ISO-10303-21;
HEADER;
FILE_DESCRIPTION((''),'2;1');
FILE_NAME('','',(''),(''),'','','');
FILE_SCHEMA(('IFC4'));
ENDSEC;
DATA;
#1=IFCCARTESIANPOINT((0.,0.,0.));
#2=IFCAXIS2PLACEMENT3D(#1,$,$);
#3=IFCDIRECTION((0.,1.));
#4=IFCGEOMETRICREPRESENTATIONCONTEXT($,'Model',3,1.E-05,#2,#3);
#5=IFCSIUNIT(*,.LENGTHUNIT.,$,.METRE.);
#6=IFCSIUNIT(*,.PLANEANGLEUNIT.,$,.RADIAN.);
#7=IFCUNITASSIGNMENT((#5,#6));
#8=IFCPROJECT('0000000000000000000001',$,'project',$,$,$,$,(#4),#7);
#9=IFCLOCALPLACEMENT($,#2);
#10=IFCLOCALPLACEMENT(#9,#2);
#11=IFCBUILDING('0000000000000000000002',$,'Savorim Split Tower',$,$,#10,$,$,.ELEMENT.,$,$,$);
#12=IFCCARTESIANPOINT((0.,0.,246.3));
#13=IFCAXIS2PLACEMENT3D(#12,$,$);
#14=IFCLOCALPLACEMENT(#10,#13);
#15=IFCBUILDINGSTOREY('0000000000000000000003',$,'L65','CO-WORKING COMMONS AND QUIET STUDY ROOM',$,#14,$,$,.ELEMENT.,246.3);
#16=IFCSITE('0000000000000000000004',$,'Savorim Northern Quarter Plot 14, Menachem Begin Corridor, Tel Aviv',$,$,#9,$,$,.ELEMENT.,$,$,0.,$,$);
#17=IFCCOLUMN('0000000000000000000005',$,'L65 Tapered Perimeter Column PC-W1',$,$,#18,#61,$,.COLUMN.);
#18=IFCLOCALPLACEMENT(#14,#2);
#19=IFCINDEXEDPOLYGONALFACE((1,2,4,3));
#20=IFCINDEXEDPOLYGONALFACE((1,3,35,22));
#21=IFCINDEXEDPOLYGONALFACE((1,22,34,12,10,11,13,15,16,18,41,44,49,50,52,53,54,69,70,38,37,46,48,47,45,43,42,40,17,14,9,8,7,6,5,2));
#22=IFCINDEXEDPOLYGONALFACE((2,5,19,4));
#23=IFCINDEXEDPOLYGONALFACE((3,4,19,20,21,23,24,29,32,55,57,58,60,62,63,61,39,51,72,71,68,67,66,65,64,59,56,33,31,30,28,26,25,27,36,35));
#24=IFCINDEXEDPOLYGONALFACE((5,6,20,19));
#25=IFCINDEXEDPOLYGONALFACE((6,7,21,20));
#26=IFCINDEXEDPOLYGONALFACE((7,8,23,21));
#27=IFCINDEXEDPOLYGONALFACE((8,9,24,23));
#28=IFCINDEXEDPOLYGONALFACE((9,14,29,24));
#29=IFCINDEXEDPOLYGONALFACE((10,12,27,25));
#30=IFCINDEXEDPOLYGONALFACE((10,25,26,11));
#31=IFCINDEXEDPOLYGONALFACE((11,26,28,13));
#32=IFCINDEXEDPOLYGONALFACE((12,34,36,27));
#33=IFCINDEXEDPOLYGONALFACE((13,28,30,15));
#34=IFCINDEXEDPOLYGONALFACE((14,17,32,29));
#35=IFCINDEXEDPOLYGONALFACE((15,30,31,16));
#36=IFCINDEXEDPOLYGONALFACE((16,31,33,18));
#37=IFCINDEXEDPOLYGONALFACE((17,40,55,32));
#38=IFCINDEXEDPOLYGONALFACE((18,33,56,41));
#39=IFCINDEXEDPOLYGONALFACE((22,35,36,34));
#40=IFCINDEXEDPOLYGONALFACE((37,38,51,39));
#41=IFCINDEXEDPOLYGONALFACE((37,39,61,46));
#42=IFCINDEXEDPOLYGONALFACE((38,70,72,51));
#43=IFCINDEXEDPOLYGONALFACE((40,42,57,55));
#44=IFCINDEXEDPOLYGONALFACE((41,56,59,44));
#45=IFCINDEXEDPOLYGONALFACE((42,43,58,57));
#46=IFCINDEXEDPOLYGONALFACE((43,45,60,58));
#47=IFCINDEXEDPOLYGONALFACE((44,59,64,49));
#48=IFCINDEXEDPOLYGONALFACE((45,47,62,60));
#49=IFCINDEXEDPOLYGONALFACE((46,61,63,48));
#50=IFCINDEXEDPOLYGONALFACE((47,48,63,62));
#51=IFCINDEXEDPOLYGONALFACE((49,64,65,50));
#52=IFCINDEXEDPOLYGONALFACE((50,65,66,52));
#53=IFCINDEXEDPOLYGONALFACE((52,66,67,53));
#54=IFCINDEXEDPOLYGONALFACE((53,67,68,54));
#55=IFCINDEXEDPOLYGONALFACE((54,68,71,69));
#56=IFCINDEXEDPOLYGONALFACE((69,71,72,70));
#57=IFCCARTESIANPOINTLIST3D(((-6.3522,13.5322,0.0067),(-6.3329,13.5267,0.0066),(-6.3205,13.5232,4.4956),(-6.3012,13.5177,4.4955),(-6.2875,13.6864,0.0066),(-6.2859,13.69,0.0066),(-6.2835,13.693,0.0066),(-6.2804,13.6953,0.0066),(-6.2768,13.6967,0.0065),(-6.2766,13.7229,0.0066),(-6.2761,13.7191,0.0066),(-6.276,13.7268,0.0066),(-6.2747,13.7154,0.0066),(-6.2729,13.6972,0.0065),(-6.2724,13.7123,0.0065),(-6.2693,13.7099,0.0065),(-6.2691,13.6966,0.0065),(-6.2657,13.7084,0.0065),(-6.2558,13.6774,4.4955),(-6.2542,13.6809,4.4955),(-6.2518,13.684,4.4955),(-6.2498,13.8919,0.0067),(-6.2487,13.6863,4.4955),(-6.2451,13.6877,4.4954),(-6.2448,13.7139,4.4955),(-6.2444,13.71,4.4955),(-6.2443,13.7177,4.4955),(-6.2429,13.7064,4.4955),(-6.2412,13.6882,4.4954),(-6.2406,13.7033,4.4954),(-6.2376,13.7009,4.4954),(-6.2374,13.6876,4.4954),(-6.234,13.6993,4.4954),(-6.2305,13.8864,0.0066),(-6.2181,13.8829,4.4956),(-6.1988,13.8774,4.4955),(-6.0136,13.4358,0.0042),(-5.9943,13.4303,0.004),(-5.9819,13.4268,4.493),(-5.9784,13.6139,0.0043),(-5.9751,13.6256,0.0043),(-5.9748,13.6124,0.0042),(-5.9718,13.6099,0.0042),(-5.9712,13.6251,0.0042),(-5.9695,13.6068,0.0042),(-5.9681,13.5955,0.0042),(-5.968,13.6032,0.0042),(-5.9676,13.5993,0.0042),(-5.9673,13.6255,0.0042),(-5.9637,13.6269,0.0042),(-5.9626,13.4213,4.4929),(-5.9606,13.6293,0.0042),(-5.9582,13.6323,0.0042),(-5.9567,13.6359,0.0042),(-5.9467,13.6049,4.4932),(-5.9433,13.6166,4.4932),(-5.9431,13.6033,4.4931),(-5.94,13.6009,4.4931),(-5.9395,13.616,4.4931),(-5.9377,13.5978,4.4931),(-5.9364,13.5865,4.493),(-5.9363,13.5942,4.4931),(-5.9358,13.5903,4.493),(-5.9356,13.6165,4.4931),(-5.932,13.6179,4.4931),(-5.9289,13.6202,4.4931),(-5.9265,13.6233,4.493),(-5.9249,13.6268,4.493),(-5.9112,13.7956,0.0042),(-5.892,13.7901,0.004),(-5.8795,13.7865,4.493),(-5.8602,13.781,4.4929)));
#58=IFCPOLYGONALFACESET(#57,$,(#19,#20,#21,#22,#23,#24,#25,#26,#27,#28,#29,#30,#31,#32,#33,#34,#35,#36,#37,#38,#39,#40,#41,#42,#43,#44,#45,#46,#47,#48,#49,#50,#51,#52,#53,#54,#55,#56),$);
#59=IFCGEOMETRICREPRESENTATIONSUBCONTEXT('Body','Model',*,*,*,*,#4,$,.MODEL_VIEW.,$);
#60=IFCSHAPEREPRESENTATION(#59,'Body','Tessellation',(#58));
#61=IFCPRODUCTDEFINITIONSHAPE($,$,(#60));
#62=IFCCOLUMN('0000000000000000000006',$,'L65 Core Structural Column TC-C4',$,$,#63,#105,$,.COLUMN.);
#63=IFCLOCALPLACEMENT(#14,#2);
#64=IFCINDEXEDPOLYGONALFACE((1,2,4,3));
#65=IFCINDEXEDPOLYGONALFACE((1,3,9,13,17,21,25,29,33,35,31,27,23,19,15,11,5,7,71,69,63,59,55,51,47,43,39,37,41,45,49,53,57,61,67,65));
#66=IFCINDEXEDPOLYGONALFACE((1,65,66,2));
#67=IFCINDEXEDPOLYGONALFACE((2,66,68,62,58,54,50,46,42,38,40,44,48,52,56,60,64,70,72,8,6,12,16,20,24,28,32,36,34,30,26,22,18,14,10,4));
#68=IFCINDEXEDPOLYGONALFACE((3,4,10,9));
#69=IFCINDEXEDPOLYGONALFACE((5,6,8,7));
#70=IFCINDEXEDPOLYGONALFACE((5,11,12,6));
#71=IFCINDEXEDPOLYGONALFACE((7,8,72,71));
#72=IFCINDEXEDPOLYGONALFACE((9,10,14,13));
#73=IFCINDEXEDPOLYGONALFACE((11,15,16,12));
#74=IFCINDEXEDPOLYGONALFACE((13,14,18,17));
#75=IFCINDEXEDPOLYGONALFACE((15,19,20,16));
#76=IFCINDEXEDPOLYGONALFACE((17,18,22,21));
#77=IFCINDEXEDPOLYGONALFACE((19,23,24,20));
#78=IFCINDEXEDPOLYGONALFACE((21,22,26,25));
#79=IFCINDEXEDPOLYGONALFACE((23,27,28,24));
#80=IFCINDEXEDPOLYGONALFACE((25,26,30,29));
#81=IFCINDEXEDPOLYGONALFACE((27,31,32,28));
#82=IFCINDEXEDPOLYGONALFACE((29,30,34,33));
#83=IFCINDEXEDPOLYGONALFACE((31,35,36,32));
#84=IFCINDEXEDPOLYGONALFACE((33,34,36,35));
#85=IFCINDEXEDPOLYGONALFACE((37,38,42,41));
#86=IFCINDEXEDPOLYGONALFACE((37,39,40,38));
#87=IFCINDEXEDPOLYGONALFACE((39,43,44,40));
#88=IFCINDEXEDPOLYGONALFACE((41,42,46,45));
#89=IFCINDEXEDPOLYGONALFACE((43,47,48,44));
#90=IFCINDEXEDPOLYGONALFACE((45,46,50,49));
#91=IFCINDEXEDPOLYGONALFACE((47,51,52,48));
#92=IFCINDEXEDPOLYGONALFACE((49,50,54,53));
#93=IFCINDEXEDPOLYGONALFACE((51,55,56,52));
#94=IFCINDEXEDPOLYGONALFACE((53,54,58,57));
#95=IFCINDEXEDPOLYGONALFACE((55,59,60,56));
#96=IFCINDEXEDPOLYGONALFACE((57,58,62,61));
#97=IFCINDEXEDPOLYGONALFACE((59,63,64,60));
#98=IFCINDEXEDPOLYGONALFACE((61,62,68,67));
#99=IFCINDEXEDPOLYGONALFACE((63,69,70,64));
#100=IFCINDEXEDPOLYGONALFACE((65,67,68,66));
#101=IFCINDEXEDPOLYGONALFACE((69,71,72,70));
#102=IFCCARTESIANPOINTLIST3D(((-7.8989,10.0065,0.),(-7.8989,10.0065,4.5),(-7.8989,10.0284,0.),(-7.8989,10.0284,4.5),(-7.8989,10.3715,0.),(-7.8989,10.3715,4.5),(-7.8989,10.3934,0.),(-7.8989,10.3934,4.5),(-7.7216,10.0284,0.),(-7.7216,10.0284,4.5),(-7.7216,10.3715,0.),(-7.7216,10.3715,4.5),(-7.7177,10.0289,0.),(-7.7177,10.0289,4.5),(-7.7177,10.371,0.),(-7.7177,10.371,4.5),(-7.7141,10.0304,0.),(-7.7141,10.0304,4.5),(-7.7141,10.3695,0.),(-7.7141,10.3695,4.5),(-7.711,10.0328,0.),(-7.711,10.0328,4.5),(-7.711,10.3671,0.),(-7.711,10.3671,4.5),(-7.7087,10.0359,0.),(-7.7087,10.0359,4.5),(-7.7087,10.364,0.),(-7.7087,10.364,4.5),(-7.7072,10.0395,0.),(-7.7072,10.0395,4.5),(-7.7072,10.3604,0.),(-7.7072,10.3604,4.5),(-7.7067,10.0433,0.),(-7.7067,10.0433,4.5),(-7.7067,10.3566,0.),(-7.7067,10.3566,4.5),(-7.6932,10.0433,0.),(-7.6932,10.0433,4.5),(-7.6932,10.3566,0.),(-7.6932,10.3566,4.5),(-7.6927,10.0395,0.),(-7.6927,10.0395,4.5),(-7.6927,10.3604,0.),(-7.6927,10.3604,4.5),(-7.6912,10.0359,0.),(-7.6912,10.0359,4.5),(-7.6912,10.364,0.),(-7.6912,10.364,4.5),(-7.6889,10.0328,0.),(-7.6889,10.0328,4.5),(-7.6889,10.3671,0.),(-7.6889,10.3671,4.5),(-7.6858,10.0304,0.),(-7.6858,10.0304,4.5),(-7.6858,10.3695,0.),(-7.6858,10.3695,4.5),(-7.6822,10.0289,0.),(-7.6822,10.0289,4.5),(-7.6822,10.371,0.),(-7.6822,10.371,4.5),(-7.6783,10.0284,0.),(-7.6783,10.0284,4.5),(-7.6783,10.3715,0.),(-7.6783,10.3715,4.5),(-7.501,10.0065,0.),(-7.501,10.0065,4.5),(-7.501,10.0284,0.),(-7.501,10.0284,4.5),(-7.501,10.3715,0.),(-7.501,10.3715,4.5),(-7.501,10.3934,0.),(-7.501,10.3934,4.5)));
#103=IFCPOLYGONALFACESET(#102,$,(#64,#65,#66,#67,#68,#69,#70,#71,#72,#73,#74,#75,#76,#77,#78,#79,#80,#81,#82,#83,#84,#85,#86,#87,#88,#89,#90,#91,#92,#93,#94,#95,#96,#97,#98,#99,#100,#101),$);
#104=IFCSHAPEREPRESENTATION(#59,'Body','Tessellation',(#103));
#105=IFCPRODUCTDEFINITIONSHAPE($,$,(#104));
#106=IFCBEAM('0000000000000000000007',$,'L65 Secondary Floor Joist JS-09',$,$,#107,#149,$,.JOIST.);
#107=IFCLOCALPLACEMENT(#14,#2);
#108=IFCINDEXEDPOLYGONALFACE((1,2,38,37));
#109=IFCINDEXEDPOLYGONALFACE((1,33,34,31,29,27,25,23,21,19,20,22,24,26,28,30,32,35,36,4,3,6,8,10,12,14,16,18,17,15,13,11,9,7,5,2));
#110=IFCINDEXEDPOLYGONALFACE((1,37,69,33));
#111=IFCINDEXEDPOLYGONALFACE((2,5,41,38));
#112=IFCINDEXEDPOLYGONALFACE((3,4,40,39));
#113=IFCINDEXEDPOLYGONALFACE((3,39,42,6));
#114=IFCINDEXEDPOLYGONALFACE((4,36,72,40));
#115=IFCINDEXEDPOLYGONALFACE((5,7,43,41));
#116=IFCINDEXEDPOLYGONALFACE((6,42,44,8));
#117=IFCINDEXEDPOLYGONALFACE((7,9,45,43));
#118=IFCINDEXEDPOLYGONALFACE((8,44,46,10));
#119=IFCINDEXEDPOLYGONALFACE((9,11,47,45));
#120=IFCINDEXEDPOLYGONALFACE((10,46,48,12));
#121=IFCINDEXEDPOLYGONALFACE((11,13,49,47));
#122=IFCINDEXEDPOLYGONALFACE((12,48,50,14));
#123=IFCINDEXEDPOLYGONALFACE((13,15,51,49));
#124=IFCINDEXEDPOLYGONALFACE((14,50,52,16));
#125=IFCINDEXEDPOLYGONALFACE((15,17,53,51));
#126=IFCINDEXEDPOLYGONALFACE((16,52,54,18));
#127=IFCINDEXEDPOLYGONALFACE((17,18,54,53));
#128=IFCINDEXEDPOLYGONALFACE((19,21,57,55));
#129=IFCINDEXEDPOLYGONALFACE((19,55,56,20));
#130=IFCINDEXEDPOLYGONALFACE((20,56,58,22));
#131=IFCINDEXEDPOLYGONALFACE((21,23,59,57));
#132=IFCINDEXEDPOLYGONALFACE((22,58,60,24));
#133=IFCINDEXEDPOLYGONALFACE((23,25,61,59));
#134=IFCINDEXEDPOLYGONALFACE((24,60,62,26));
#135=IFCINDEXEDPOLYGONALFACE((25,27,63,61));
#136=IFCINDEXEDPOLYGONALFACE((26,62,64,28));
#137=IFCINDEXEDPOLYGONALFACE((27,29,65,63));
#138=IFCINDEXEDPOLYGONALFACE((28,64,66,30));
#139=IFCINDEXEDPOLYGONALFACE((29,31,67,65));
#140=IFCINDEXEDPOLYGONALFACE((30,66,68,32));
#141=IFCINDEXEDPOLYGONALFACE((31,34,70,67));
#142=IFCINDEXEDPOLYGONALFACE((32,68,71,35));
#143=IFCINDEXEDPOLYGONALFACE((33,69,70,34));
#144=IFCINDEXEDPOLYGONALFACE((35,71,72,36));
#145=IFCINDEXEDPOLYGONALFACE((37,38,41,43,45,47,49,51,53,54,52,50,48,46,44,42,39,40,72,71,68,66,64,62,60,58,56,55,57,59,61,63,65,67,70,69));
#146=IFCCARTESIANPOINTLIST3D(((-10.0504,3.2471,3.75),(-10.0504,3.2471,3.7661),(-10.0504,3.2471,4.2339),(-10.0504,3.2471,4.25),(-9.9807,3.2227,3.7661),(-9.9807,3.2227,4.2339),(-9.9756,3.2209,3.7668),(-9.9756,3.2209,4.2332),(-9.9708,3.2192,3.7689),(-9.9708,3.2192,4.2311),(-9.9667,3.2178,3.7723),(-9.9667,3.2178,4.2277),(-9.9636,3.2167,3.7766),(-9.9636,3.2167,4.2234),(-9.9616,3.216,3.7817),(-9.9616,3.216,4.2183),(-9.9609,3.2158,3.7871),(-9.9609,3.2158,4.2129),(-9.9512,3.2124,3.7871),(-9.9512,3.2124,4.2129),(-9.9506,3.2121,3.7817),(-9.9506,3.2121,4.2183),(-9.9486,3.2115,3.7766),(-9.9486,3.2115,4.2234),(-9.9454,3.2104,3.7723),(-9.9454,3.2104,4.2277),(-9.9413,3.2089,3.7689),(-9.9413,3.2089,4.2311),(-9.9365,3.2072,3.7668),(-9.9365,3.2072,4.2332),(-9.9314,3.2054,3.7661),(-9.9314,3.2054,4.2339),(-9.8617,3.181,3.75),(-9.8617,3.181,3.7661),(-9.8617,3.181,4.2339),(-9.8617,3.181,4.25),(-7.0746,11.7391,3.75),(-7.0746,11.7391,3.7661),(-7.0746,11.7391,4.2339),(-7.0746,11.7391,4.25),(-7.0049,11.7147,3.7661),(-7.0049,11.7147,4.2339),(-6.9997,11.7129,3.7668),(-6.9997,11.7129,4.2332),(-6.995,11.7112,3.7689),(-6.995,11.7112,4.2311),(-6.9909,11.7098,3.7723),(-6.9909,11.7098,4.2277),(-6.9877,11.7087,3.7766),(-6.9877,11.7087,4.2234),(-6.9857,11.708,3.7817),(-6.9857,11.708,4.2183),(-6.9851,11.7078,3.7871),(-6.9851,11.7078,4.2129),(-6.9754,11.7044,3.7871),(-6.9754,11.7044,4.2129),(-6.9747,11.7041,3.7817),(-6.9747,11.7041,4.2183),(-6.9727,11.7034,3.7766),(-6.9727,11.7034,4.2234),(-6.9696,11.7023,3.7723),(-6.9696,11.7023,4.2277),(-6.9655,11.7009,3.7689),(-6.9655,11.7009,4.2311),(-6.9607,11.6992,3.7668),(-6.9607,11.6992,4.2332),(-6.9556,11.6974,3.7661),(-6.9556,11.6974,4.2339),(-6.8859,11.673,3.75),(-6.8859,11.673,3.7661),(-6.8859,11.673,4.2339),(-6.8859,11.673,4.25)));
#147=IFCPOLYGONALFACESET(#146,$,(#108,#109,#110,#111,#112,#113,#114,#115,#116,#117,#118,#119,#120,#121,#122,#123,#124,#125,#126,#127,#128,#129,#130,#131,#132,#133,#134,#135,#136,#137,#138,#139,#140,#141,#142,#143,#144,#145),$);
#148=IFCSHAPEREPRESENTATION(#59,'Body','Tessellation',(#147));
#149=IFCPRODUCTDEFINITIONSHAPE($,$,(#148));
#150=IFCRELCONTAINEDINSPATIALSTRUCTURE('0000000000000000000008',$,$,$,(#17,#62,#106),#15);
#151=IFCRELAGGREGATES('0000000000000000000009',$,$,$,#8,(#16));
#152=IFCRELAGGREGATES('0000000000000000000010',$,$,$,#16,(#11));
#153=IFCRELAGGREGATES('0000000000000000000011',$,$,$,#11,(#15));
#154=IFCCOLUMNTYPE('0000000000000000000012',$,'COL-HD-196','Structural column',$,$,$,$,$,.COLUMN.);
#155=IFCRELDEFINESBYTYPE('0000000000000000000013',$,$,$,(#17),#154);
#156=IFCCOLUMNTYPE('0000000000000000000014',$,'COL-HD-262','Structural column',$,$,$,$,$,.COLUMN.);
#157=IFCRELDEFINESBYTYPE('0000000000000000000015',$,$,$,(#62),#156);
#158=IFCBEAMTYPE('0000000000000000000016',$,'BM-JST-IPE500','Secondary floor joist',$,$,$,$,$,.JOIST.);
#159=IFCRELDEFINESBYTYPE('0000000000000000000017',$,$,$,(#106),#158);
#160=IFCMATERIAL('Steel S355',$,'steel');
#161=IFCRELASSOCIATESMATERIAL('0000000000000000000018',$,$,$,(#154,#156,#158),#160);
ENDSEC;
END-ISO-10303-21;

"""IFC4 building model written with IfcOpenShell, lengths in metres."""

from ifc_helpers import new_model, si_unit, direction, frame, origin, origin_2d, place, context, subcontext, project, spatial, i_section, extrude, material, material_profile, profile_set, type_object, element, save


model = new_model("IFC4")

# Units and contexts
model_context = context("Model", 3, precision=1e-05, world=origin(), true_north=direction((0.0, 1.0)))
body_context = subcontext(model_context, "Body", "Model", "MODEL_VIEW")
ifc_project = project(units=[si_unit("LENGTHUNIT", "METRE"), si_unit("PLANEANGLEUNIT", "RADIAN")], contexts=[model_context])

# Site, building, storey
site_placement = place(None, origin())
site = spatial("IfcSite", under=ifc_project, at=site_placement, Name="Savorim Northern Quarter Plot 14, Menachem Begin Corridor, Tel Aviv", CompositionType="ELEMENT", RefElevation=0.0)
building_placement = place(site_placement, origin())
building = spatial("IfcBuilding", under=site, at=building_placement, Name="Savorim Split Tower", CompositionType="ELEMENT")
storey_placement = place(building_placement, frame((0.0, 0.0, 246.3)))
storey = spatial("IfcBuildingStorey", under=building, at=storey_placement, Name="L65", Description="CO-WORKING COMMONS AND QUIET STUDY ROOM", CompositionType="ELEMENT", Elevation=246.3)

# Columns
ifc_material_1 = material(Name="Steel S355", Category="steel")
ifc_material_profile_1 = material_profile(ifc_material_1, i_section(OverallWidth=0.374, OverallDepth=0.3721, WebThickness=0.0122, FlangeThickness=0.02, FilletRadius=0.0149, at=origin_2d()), Name="HD 360x196")
ifc_profile_set_1 = profile_set([ifc_material_profile_1], Name="Steel S355")
column_type_1 = type_object("IfcColumnType", Name="COL-HD-196", Description="Structural column", PredefinedType="COLUMN", material=ifc_profile_set_1)
column_1_placement = place(storey_placement, frame((-6.1221, 13.6611, 0.0054), z_axis=(0.00707, -0.002012, 0.999973), x_axis=(0.273744, 0.961803, 0.0)))
element("IfcColumn", 1, at=column_1_placement, inside=storey, type_object=column_type_1, Name="L65 Tapered Perimeter Column PC-W1", PredefinedType="COLUMN", context=body_context, shape_type="SweptSolid", body=[
    extrude(i_section(OverallWidth=0.374, OverallDepth=0.3721, WebThickness=0.0122, FlangeThickness=0.02, FilletRadius=0.0149, at=origin_2d()), origin(), (0.0, 0.0, 1.0), 4.489),
])
ifc_material_profile_2 = material_profile(ifc_material_1, i_section(OverallWidth=0.3979, OverallDepth=0.387, WebThickness=0.0134, FlangeThickness=0.022, FilletRadius=0.0149, at=origin_2d()), Name="HD 400x262")
ifc_profile_set_2 = profile_set([ifc_material_profile_2], Name="Steel S355")
column_type_2 = type_object("IfcColumnType", Name="COL-HD-262", Description="Structural column", PredefinedType="COLUMN", material=ifc_profile_set_2)
column_2_placement = place(storey_placement, frame((-7.7, 10.2, 0.0), z_axis=(0.0, 0.0, 1.0), x_axis=(1.0, 0.0, 0.0)))
element("IfcColumn", 2, at=column_2_placement, inside=storey, type_object=column_type_2, Name="L65 Core Structural Column TC-C4", PredefinedType="COLUMN", context=body_context, shape_type="SweptSolid", body=[
    extrude(i_section(OverallWidth=0.3979, OverallDepth=0.387, WebThickness=0.0134, FlangeThickness=0.022, FilletRadius=0.0149, at=origin_2d()), origin(), (0.0, 0.0, 1.0), 4.5),
])

# Beam
ifc_material_profile_3 = material_profile(ifc_material_1, i_section(OverallWidth=0.2, OverallDepth=0.5, WebThickness=0.0103, FlangeThickness=0.0161, FilletRadius=0.021, at=origin_2d()), Name="IPE 500")
ifc_profile_set_3 = profile_set([ifc_material_profile_3], Name="Steel S355")
beam_type_1 = type_object("IfcBeamType", Name="BM-JST-IPE500", Description="Secondary floor joist", PredefinedType="JOIST", material=ifc_profile_set_3)
beam_1_placement = place(storey_placement, frame((-6.9802, 11.7061, 4.0), z_axis=(-0.330712, -0.943732, 0.0), x_axis=(0.943732, -0.330712, 0.0)))
element("IfcBeam", 3, at=beam_1_placement, inside=storey, type_object=beam_type_1, Name="L65 Secondary Floor Joist JS-09", PredefinedType="JOIST", context=body_context, shape_type="SweptSolid", body=[
    extrude(i_section(OverallWidth=0.2, OverallDepth=0.5, WebThickness=0.0103, FlangeThickness=0.0161, FilletRadius=0.021, at=origin_2d()), origin(), (0.0, 0.0, 1.0), 8.9983),
])

save(model, "model.ifc")
